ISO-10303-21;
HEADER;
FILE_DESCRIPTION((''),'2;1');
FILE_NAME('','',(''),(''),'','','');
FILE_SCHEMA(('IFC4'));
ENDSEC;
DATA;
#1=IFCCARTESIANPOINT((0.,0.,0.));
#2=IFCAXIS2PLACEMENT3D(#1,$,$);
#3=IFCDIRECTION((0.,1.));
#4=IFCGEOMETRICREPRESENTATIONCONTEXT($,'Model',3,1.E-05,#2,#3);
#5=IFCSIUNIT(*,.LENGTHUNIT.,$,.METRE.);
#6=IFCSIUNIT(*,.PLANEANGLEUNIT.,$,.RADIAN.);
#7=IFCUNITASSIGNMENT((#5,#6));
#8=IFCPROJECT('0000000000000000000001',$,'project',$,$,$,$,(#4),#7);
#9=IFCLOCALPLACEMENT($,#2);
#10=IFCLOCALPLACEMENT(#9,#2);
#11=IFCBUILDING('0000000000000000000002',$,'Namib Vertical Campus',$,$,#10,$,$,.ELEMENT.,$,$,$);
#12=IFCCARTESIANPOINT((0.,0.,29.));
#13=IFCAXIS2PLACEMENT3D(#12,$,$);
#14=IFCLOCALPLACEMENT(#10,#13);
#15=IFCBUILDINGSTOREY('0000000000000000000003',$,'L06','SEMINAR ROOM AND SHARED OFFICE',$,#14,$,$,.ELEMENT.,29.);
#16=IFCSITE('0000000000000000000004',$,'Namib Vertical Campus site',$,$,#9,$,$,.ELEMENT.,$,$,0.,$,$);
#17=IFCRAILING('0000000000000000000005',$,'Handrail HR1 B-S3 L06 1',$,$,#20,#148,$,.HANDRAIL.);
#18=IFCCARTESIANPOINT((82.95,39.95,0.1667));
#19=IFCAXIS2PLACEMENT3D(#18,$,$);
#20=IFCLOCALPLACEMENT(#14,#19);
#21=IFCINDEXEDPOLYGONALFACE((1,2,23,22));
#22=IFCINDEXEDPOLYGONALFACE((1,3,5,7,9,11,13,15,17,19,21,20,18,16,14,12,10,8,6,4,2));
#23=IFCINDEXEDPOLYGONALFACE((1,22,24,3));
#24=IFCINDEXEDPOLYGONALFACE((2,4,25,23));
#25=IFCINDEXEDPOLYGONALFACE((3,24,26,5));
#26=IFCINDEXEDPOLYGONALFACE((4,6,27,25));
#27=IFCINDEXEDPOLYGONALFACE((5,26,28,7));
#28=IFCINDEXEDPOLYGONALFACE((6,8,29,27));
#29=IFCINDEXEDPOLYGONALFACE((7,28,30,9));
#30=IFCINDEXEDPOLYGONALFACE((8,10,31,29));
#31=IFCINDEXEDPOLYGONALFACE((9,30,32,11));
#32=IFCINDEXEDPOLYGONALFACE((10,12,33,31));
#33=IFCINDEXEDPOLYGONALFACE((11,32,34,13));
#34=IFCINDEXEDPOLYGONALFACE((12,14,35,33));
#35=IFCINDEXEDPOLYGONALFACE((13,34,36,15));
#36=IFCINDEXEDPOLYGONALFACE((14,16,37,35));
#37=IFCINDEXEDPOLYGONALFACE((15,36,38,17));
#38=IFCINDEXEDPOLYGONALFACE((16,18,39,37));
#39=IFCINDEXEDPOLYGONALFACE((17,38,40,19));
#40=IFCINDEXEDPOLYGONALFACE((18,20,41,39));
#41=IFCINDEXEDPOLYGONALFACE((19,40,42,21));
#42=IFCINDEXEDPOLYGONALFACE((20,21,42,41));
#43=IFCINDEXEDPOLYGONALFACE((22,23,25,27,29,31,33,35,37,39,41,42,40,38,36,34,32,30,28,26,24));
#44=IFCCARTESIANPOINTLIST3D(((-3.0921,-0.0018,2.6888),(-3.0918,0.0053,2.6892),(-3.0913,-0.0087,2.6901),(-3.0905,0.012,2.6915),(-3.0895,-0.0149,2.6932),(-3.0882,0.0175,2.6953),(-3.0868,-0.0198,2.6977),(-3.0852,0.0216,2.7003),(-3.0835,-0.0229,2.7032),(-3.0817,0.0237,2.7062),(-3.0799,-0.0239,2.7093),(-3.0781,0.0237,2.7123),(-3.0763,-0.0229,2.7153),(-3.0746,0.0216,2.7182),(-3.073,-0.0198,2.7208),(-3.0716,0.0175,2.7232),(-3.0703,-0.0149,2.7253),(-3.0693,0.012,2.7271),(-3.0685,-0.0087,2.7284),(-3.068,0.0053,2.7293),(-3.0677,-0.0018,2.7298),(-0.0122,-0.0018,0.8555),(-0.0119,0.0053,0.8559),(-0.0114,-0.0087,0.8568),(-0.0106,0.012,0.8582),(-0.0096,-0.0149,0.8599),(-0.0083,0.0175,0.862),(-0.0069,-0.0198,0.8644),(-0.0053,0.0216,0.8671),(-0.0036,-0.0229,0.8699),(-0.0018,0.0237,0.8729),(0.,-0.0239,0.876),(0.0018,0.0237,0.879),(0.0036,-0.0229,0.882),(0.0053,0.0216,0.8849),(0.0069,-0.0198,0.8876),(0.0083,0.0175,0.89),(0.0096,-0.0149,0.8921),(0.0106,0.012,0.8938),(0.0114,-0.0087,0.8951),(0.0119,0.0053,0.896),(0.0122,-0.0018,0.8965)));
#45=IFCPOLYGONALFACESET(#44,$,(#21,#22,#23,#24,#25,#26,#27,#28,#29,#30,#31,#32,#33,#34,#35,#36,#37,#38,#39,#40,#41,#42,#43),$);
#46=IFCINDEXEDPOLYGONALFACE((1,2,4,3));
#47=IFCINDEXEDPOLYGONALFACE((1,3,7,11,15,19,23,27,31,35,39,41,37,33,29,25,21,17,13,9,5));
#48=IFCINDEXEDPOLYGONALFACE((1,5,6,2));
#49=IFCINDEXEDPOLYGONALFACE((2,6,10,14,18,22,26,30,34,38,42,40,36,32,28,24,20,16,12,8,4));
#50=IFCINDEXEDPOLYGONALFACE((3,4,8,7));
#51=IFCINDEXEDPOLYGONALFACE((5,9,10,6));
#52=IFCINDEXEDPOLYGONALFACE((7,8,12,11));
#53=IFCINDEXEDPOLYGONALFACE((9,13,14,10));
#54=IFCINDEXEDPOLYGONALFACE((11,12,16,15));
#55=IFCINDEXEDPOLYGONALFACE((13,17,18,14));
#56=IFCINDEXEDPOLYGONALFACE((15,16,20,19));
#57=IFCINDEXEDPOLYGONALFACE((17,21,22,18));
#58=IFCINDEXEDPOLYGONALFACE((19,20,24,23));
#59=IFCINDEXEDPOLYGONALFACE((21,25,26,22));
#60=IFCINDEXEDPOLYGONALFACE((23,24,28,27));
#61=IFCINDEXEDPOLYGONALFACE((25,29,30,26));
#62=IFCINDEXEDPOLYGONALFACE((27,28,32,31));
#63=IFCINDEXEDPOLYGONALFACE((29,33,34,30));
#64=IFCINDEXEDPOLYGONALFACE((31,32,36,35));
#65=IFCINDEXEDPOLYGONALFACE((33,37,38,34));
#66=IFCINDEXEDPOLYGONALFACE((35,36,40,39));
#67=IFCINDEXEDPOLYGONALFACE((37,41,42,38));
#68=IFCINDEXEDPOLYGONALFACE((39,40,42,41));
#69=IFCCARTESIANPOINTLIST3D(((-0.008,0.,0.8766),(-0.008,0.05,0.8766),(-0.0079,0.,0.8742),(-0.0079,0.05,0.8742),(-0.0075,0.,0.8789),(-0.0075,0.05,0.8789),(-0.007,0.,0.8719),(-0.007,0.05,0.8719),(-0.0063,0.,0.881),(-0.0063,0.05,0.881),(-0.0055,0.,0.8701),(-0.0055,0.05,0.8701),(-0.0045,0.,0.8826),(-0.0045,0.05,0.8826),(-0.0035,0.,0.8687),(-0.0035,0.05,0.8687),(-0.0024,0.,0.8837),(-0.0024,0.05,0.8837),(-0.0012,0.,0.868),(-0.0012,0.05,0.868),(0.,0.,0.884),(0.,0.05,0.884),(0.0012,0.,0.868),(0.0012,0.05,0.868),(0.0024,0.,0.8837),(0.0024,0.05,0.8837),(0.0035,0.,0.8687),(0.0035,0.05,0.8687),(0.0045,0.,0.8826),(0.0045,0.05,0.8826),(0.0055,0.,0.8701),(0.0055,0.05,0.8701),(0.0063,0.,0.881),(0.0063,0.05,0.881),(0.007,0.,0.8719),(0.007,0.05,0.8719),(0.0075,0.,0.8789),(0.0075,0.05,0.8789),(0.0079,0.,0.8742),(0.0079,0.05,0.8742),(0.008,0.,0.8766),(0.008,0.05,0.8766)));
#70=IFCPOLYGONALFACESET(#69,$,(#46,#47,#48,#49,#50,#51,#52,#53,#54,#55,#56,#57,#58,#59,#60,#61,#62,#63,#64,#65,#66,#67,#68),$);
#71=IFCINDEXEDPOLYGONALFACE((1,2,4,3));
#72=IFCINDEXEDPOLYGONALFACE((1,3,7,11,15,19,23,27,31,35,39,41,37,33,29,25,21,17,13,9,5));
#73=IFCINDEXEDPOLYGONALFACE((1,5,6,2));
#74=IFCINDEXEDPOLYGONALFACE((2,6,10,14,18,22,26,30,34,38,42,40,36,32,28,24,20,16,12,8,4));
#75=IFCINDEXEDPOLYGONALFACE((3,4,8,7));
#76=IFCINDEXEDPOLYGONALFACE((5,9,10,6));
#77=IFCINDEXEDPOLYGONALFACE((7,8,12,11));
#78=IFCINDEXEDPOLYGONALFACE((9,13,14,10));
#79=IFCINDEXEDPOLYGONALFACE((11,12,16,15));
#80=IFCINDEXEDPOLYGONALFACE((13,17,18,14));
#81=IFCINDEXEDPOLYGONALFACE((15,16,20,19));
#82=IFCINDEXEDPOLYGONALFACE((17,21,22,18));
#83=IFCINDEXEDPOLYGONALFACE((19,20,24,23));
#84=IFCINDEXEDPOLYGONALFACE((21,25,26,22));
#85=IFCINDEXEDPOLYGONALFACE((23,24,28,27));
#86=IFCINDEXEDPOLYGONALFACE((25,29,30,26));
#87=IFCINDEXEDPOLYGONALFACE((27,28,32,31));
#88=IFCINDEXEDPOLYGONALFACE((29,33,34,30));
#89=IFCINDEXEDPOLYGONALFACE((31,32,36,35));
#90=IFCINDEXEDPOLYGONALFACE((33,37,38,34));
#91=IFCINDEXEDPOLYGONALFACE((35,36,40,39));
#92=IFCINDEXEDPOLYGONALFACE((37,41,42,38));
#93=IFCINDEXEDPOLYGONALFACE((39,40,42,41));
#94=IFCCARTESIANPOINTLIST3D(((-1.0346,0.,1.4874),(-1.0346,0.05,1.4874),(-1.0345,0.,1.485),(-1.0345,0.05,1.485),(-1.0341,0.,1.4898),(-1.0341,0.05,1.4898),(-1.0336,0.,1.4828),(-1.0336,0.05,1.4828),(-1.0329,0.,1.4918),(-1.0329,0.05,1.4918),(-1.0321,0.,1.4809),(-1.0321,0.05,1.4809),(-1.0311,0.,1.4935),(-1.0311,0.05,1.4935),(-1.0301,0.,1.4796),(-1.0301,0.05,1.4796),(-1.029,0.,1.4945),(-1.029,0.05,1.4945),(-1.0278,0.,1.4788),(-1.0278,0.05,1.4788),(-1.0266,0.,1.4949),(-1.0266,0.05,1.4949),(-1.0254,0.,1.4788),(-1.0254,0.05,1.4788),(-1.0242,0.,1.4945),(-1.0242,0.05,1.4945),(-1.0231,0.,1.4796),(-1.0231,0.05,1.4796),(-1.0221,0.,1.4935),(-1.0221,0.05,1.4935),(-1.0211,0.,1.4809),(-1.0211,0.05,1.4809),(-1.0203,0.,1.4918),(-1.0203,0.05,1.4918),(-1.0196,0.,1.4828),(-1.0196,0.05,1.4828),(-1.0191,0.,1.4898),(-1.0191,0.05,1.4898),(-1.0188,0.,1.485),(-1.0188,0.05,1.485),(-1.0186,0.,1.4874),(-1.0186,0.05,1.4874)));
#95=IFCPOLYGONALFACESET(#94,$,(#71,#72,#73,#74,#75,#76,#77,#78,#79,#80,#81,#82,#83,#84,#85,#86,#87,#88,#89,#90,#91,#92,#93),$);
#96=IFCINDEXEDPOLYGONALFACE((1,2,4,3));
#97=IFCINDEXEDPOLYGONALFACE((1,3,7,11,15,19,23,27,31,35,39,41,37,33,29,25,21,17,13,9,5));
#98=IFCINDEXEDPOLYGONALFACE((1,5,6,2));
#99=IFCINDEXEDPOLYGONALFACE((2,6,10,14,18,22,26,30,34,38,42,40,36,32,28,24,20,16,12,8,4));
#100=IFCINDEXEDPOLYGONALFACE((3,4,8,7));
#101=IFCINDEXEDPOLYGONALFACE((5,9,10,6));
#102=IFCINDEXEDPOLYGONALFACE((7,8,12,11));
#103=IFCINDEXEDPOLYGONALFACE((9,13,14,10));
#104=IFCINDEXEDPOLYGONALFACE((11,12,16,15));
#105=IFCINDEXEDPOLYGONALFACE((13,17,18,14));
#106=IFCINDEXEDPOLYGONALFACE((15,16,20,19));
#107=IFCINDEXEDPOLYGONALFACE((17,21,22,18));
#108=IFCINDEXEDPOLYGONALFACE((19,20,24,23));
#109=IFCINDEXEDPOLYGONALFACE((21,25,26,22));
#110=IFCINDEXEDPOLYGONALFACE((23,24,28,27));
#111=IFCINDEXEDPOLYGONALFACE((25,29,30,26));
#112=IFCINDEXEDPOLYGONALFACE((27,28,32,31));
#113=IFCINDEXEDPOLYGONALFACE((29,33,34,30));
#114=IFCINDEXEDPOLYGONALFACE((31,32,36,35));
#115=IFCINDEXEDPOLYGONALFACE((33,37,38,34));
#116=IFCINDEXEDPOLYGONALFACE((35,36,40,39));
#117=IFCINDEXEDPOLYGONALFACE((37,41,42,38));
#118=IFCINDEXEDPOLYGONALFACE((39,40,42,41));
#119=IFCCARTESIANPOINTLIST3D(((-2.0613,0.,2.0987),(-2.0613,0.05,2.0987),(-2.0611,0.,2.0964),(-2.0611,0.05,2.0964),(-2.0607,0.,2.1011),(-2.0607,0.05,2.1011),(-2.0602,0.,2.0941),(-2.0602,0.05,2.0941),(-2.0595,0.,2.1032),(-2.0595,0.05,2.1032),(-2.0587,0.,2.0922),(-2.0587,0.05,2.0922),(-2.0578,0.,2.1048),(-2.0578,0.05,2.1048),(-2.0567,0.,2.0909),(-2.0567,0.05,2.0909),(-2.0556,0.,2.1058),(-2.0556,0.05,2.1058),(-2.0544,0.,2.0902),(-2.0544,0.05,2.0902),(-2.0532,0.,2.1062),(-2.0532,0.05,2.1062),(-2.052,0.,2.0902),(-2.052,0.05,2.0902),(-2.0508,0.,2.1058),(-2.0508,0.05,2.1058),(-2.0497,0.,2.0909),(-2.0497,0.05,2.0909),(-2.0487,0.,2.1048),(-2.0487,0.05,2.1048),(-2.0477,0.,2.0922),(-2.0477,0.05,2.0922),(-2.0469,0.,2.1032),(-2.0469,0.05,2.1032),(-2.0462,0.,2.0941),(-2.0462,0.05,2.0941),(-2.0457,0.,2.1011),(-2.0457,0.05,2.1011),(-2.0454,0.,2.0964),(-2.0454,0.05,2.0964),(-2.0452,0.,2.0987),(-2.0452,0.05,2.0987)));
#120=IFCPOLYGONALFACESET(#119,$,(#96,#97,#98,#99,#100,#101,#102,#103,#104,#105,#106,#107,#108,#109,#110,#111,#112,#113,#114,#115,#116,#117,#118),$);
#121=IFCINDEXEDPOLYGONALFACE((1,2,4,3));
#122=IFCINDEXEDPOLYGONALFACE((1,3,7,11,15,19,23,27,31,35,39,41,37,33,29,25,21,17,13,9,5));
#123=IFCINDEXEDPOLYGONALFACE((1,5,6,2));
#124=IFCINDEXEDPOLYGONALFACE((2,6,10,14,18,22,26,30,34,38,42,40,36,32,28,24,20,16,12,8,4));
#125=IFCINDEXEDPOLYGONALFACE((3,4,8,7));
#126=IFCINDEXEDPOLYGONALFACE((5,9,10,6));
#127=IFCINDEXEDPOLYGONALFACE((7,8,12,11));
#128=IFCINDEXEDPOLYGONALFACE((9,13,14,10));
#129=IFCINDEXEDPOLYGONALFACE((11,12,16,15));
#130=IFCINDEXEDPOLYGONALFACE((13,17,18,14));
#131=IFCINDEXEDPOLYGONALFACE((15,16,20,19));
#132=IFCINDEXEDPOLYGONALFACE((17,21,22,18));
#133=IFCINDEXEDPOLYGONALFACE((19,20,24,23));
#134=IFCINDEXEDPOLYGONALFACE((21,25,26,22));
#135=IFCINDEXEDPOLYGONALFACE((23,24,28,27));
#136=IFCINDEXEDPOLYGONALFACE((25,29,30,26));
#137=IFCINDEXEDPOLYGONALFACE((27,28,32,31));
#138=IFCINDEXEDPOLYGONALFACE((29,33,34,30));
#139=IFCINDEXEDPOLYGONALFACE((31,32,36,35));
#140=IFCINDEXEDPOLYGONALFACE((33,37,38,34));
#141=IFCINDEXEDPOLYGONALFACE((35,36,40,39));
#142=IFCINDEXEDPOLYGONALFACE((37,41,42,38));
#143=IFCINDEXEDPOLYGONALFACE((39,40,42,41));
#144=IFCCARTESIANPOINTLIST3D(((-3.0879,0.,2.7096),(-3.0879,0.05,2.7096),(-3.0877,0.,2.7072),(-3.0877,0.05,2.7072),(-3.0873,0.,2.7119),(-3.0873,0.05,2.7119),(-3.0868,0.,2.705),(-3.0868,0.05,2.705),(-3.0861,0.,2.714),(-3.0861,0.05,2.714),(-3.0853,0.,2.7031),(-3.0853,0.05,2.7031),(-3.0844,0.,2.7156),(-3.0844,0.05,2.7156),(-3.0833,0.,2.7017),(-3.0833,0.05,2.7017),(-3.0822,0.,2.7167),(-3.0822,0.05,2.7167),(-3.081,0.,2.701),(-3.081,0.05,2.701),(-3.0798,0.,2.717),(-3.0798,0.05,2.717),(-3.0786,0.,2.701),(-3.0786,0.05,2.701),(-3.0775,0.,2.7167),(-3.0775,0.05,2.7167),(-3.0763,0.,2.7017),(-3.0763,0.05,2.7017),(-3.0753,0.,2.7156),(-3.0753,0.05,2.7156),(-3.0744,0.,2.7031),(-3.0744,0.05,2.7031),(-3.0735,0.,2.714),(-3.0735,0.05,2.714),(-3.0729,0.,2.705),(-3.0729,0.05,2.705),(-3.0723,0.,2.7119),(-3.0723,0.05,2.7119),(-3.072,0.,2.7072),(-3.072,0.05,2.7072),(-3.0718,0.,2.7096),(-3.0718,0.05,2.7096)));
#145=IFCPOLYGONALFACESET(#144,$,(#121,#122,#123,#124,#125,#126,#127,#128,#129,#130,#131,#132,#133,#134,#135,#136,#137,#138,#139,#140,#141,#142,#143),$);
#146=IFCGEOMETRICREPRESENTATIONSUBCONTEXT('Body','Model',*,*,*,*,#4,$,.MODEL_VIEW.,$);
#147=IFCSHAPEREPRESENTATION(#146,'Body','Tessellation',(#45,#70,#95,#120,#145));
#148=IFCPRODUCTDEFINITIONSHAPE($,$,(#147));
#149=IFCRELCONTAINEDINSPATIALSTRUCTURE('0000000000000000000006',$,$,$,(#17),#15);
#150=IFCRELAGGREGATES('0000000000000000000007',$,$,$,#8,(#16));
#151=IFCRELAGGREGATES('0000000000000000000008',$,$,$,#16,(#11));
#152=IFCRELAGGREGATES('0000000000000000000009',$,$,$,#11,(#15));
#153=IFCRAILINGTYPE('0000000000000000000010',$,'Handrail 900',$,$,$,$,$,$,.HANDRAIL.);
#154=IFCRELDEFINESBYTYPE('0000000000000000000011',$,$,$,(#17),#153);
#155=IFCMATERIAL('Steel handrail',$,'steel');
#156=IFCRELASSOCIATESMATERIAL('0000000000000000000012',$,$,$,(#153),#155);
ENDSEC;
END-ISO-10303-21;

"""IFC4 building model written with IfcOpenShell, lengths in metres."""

from ifc_helpers import new_model, si_unit, direction, frame, origin, origin_2d, place, context, subcontext, project, spatial, circle, extrude, material, type_object, element, save


model = new_model("IFC4")

# Units and contexts
model_context = context("Model", 3, precision=1e-05, world=origin(), true_north=direction((0.0, 1.0)))
body_context = subcontext(model_context, "Body", "Model", "MODEL_VIEW")
ifc_project = project(units=[si_unit("LENGTHUNIT", "METRE"), si_unit("PLANEANGLEUNIT", "RADIAN")], contexts=[model_context])

# Site, building, storey
site_placement = place(None, origin())
site = spatial("IfcSite", under=ifc_project, at=site_placement, Name="Namib Vertical Campus site", CompositionType="ELEMENT", RefElevation=0.0)
building_placement = place(site_placement, origin())
building = spatial("IfcBuilding", under=site, at=building_placement, Name="Namib Vertical Campus", CompositionType="ELEMENT")
storey_placement = place(building_placement, frame((0.0, 0.0, 29.0)))
storey = spatial("IfcBuildingStorey", under=building, at=storey_placement, Name="L06", Description="SEMINAR ROOM AND SHARED OFFICE", CompositionType="ELEMENT", Elevation=29.0)

# Railing
ifc_material_1 = material(Name="Steel handrail", Category="steel")
railing_type_1 = type_object("IfcRailingType", Name="Handrail 900", PredefinedType="HANDRAIL", material=ifc_material_1)
railing_1_placement = place(storey_placement, frame((82.95, 39.95, 0.1667)))
element("IfcRailing", 1, at=railing_1_placement, inside=storey, type_object=railing_type_1, Name="Handrail HR1 B-S3 L06 1", PredefinedType="HANDRAIL", context=body_context, shape_type="SweptSolid", body=[
    extrude(circle(Radius=0.0239, at=origin_2d()), frame((0.0, 0.0, 0.876), z_axis=(-0.859291, 0.0, 0.511487), x_axis=(0.0, -1.0, 0.0)), (0.0, 0.0, 1.0), 3.5842),
    extrude(circle(Radius=0.0081, at=origin_2d()), frame((0.0, 0.0, 0.876), z_axis=(0.0, 1.0, 0.0), x_axis=(0.0, 0.0, 1.0)), (0.0, 0.0, 1.0), 0.05),
    extrude(circle(Radius=0.0081, at=origin_2d()), frame((-1.0266, 0.0, 1.4868), z_axis=(0.0, 1.0, 0.0), x_axis=(0.0, 0.0, 1.0)), (0.0, 0.0, 1.0), 0.05),
    extrude(circle(Radius=0.0081, at=origin_2d()), frame((-2.0532, 0.0, 2.0981), z_axis=(0.0, 1.0, 0.0), x_axis=(0.0, 0.0, 1.0)), (0.0, 0.0, 1.0), 0.05),
    extrude(circle(Radius=0.0081, at=origin_2d()), frame((-3.0798, 0.0, 2.709), z_axis=(0.0, 1.0, 0.0), x_axis=(0.0, 0.0, 1.0)), (0.0, 0.0, 1.0), 0.05),
])

save(model, "model.ifc")
